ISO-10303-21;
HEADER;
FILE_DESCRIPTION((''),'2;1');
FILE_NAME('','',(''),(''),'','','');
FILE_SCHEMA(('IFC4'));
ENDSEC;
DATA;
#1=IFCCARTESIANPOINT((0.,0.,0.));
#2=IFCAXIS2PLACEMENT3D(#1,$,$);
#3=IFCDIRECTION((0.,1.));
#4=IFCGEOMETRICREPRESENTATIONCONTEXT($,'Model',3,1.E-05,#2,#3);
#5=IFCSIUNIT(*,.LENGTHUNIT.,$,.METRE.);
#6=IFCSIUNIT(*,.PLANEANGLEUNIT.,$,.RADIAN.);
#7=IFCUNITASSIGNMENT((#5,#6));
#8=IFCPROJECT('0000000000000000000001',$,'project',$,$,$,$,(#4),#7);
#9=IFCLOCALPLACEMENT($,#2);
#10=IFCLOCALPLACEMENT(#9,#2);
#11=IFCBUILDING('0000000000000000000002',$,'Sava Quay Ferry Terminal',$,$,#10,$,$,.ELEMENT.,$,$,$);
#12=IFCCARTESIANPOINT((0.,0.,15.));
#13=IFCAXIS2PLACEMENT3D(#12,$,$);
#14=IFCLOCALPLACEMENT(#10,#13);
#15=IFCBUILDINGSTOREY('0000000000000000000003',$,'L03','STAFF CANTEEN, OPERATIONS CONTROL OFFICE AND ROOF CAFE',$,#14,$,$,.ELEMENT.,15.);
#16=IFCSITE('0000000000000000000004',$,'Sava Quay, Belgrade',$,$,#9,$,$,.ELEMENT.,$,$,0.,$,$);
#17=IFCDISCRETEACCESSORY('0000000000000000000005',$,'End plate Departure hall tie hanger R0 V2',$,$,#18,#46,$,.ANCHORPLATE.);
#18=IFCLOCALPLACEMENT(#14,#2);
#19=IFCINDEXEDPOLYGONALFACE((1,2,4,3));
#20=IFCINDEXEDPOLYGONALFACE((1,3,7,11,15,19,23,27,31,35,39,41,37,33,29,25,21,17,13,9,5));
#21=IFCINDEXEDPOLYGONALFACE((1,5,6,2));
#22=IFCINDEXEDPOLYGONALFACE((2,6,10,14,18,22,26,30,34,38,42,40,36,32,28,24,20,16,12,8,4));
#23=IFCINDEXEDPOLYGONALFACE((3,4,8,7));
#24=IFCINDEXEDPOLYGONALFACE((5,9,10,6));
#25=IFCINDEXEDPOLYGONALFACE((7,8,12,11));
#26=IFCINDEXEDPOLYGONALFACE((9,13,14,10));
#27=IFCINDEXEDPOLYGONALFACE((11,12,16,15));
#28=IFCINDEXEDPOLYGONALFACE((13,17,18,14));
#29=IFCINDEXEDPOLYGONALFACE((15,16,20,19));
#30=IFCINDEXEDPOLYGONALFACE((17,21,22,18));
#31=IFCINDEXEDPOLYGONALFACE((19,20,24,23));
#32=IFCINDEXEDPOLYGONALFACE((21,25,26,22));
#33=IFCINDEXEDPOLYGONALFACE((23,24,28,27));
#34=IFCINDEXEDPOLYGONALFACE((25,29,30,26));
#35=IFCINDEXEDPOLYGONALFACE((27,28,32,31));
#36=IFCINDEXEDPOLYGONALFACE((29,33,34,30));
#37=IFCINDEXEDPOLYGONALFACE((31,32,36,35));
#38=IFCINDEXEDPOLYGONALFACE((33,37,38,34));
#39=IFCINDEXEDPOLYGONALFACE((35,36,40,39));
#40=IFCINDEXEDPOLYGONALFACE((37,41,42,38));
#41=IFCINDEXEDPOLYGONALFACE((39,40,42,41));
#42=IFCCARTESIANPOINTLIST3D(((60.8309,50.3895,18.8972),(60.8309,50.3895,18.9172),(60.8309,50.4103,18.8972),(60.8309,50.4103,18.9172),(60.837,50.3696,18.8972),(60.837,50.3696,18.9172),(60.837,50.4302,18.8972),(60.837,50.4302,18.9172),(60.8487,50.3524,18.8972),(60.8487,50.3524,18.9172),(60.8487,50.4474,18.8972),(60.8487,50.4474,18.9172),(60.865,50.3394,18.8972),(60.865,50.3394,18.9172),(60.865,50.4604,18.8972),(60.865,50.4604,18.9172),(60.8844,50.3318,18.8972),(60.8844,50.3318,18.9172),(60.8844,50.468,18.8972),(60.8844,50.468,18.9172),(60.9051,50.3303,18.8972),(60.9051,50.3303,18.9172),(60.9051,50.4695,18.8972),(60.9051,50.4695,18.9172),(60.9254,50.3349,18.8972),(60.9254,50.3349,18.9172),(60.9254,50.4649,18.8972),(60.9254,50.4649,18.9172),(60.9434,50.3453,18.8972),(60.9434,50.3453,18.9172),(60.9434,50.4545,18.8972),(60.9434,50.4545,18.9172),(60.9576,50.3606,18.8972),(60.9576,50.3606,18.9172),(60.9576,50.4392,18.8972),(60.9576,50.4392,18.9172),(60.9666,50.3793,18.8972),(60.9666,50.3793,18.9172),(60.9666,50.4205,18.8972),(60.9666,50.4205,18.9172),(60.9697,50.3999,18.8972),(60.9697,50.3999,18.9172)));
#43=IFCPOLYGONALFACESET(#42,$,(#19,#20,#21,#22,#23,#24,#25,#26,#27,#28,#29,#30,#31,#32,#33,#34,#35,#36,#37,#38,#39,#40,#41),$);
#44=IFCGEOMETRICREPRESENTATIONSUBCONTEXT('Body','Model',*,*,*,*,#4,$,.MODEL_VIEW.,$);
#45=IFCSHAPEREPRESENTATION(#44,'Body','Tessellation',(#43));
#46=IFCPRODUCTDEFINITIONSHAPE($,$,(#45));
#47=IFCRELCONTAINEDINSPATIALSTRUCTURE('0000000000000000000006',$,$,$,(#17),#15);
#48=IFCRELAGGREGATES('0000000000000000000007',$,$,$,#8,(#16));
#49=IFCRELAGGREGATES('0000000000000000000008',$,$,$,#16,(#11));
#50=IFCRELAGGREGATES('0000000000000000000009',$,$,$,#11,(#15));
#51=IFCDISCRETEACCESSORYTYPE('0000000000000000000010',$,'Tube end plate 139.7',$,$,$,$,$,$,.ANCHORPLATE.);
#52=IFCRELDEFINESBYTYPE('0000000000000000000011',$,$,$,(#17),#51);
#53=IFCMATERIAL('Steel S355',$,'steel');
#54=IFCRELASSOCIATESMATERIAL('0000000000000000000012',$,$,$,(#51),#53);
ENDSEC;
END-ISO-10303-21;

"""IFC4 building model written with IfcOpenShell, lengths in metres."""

from ifc_helpers import new_model, si_unit, direction, frame, origin, origin_2d, place, context, subcontext, project, spatial, circle, extrude, material, material_profile, profile_set, type_object, element, save


model = new_model("IFC4")

# Units and contexts
model_context = context("Model", 3, precision=1e-05, world=origin(), true_north=direction((0.0, 1.0)))
body_context = subcontext(model_context, "Body", "Model", "MODEL_VIEW")
ifc_project = project(units=[si_unit("LENGTHUNIT", "METRE"), si_unit("PLANEANGLEUNIT", "RADIAN")], contexts=[model_context])

# Site, building, storey
site_placement = place(None, origin())
site = spatial("IfcSite", under=ifc_project, at=site_placement, Name="Sava Quay, Belgrade", CompositionType="ELEMENT", RefElevation=0.0)
building_placement = place(site_placement, origin())
building = spatial("IfcBuilding", under=site, at=building_placement, Name="Sava Quay Ferry Terminal", CompositionType="ELEMENT")
storey_placement = place(building_placement, frame((0.0, 0.0, 15.0)))
storey = spatial("IfcBuildingStorey", under=building, at=storey_placement, Name="L03", Description="STAFF CANTEEN, OPERATIONS CONTROL OFFICE AND ROOF CAFE", CompositionType="ELEMENT", Elevation=15.0)

# Discrete accessory
ifc_material_1 = material(Name="Steel S355", Category="steel")
ifc_material_profile_1 = material_profile(ifc_material_1, circle(Radius=0.0698, at=origin_2d()), Name="Plate 139.7 dia x 20")
ifc_profile_set_1 = profile_set([ifc_material_profile_1], Name="Steel S355")
discrete_accessory_type = type_object("IfcDiscreteAccessoryType", Name="Tube end plate 139.7", PredefinedType="ANCHORPLATE", material=ifc_profile_set_1)
for number, where, z_axis, x_axis, name in (
    (1, (60.8999, 50.3999, 18.8972), (0.0, 0.0, 1.0), (1.0, 0.0, 0.0), "End plate Departure hall tie hanger R0 V2"),
):
    element("IfcDiscreteAccessory", number, at=place(storey_placement, frame(where, z_axis=z_axis, x_axis=x_axis)), inside=storey, type_object=discrete_accessory_type, Name=name, PredefinedType="ANCHORPLATE", context=body_context, shape_type="SweptSolid", body=[
        extrude(circle(Radius=0.0698, at=origin_2d()), origin(), (0.0, 0.0, 1.0), 0.02),
    ])

save(model, "model.ifc")
